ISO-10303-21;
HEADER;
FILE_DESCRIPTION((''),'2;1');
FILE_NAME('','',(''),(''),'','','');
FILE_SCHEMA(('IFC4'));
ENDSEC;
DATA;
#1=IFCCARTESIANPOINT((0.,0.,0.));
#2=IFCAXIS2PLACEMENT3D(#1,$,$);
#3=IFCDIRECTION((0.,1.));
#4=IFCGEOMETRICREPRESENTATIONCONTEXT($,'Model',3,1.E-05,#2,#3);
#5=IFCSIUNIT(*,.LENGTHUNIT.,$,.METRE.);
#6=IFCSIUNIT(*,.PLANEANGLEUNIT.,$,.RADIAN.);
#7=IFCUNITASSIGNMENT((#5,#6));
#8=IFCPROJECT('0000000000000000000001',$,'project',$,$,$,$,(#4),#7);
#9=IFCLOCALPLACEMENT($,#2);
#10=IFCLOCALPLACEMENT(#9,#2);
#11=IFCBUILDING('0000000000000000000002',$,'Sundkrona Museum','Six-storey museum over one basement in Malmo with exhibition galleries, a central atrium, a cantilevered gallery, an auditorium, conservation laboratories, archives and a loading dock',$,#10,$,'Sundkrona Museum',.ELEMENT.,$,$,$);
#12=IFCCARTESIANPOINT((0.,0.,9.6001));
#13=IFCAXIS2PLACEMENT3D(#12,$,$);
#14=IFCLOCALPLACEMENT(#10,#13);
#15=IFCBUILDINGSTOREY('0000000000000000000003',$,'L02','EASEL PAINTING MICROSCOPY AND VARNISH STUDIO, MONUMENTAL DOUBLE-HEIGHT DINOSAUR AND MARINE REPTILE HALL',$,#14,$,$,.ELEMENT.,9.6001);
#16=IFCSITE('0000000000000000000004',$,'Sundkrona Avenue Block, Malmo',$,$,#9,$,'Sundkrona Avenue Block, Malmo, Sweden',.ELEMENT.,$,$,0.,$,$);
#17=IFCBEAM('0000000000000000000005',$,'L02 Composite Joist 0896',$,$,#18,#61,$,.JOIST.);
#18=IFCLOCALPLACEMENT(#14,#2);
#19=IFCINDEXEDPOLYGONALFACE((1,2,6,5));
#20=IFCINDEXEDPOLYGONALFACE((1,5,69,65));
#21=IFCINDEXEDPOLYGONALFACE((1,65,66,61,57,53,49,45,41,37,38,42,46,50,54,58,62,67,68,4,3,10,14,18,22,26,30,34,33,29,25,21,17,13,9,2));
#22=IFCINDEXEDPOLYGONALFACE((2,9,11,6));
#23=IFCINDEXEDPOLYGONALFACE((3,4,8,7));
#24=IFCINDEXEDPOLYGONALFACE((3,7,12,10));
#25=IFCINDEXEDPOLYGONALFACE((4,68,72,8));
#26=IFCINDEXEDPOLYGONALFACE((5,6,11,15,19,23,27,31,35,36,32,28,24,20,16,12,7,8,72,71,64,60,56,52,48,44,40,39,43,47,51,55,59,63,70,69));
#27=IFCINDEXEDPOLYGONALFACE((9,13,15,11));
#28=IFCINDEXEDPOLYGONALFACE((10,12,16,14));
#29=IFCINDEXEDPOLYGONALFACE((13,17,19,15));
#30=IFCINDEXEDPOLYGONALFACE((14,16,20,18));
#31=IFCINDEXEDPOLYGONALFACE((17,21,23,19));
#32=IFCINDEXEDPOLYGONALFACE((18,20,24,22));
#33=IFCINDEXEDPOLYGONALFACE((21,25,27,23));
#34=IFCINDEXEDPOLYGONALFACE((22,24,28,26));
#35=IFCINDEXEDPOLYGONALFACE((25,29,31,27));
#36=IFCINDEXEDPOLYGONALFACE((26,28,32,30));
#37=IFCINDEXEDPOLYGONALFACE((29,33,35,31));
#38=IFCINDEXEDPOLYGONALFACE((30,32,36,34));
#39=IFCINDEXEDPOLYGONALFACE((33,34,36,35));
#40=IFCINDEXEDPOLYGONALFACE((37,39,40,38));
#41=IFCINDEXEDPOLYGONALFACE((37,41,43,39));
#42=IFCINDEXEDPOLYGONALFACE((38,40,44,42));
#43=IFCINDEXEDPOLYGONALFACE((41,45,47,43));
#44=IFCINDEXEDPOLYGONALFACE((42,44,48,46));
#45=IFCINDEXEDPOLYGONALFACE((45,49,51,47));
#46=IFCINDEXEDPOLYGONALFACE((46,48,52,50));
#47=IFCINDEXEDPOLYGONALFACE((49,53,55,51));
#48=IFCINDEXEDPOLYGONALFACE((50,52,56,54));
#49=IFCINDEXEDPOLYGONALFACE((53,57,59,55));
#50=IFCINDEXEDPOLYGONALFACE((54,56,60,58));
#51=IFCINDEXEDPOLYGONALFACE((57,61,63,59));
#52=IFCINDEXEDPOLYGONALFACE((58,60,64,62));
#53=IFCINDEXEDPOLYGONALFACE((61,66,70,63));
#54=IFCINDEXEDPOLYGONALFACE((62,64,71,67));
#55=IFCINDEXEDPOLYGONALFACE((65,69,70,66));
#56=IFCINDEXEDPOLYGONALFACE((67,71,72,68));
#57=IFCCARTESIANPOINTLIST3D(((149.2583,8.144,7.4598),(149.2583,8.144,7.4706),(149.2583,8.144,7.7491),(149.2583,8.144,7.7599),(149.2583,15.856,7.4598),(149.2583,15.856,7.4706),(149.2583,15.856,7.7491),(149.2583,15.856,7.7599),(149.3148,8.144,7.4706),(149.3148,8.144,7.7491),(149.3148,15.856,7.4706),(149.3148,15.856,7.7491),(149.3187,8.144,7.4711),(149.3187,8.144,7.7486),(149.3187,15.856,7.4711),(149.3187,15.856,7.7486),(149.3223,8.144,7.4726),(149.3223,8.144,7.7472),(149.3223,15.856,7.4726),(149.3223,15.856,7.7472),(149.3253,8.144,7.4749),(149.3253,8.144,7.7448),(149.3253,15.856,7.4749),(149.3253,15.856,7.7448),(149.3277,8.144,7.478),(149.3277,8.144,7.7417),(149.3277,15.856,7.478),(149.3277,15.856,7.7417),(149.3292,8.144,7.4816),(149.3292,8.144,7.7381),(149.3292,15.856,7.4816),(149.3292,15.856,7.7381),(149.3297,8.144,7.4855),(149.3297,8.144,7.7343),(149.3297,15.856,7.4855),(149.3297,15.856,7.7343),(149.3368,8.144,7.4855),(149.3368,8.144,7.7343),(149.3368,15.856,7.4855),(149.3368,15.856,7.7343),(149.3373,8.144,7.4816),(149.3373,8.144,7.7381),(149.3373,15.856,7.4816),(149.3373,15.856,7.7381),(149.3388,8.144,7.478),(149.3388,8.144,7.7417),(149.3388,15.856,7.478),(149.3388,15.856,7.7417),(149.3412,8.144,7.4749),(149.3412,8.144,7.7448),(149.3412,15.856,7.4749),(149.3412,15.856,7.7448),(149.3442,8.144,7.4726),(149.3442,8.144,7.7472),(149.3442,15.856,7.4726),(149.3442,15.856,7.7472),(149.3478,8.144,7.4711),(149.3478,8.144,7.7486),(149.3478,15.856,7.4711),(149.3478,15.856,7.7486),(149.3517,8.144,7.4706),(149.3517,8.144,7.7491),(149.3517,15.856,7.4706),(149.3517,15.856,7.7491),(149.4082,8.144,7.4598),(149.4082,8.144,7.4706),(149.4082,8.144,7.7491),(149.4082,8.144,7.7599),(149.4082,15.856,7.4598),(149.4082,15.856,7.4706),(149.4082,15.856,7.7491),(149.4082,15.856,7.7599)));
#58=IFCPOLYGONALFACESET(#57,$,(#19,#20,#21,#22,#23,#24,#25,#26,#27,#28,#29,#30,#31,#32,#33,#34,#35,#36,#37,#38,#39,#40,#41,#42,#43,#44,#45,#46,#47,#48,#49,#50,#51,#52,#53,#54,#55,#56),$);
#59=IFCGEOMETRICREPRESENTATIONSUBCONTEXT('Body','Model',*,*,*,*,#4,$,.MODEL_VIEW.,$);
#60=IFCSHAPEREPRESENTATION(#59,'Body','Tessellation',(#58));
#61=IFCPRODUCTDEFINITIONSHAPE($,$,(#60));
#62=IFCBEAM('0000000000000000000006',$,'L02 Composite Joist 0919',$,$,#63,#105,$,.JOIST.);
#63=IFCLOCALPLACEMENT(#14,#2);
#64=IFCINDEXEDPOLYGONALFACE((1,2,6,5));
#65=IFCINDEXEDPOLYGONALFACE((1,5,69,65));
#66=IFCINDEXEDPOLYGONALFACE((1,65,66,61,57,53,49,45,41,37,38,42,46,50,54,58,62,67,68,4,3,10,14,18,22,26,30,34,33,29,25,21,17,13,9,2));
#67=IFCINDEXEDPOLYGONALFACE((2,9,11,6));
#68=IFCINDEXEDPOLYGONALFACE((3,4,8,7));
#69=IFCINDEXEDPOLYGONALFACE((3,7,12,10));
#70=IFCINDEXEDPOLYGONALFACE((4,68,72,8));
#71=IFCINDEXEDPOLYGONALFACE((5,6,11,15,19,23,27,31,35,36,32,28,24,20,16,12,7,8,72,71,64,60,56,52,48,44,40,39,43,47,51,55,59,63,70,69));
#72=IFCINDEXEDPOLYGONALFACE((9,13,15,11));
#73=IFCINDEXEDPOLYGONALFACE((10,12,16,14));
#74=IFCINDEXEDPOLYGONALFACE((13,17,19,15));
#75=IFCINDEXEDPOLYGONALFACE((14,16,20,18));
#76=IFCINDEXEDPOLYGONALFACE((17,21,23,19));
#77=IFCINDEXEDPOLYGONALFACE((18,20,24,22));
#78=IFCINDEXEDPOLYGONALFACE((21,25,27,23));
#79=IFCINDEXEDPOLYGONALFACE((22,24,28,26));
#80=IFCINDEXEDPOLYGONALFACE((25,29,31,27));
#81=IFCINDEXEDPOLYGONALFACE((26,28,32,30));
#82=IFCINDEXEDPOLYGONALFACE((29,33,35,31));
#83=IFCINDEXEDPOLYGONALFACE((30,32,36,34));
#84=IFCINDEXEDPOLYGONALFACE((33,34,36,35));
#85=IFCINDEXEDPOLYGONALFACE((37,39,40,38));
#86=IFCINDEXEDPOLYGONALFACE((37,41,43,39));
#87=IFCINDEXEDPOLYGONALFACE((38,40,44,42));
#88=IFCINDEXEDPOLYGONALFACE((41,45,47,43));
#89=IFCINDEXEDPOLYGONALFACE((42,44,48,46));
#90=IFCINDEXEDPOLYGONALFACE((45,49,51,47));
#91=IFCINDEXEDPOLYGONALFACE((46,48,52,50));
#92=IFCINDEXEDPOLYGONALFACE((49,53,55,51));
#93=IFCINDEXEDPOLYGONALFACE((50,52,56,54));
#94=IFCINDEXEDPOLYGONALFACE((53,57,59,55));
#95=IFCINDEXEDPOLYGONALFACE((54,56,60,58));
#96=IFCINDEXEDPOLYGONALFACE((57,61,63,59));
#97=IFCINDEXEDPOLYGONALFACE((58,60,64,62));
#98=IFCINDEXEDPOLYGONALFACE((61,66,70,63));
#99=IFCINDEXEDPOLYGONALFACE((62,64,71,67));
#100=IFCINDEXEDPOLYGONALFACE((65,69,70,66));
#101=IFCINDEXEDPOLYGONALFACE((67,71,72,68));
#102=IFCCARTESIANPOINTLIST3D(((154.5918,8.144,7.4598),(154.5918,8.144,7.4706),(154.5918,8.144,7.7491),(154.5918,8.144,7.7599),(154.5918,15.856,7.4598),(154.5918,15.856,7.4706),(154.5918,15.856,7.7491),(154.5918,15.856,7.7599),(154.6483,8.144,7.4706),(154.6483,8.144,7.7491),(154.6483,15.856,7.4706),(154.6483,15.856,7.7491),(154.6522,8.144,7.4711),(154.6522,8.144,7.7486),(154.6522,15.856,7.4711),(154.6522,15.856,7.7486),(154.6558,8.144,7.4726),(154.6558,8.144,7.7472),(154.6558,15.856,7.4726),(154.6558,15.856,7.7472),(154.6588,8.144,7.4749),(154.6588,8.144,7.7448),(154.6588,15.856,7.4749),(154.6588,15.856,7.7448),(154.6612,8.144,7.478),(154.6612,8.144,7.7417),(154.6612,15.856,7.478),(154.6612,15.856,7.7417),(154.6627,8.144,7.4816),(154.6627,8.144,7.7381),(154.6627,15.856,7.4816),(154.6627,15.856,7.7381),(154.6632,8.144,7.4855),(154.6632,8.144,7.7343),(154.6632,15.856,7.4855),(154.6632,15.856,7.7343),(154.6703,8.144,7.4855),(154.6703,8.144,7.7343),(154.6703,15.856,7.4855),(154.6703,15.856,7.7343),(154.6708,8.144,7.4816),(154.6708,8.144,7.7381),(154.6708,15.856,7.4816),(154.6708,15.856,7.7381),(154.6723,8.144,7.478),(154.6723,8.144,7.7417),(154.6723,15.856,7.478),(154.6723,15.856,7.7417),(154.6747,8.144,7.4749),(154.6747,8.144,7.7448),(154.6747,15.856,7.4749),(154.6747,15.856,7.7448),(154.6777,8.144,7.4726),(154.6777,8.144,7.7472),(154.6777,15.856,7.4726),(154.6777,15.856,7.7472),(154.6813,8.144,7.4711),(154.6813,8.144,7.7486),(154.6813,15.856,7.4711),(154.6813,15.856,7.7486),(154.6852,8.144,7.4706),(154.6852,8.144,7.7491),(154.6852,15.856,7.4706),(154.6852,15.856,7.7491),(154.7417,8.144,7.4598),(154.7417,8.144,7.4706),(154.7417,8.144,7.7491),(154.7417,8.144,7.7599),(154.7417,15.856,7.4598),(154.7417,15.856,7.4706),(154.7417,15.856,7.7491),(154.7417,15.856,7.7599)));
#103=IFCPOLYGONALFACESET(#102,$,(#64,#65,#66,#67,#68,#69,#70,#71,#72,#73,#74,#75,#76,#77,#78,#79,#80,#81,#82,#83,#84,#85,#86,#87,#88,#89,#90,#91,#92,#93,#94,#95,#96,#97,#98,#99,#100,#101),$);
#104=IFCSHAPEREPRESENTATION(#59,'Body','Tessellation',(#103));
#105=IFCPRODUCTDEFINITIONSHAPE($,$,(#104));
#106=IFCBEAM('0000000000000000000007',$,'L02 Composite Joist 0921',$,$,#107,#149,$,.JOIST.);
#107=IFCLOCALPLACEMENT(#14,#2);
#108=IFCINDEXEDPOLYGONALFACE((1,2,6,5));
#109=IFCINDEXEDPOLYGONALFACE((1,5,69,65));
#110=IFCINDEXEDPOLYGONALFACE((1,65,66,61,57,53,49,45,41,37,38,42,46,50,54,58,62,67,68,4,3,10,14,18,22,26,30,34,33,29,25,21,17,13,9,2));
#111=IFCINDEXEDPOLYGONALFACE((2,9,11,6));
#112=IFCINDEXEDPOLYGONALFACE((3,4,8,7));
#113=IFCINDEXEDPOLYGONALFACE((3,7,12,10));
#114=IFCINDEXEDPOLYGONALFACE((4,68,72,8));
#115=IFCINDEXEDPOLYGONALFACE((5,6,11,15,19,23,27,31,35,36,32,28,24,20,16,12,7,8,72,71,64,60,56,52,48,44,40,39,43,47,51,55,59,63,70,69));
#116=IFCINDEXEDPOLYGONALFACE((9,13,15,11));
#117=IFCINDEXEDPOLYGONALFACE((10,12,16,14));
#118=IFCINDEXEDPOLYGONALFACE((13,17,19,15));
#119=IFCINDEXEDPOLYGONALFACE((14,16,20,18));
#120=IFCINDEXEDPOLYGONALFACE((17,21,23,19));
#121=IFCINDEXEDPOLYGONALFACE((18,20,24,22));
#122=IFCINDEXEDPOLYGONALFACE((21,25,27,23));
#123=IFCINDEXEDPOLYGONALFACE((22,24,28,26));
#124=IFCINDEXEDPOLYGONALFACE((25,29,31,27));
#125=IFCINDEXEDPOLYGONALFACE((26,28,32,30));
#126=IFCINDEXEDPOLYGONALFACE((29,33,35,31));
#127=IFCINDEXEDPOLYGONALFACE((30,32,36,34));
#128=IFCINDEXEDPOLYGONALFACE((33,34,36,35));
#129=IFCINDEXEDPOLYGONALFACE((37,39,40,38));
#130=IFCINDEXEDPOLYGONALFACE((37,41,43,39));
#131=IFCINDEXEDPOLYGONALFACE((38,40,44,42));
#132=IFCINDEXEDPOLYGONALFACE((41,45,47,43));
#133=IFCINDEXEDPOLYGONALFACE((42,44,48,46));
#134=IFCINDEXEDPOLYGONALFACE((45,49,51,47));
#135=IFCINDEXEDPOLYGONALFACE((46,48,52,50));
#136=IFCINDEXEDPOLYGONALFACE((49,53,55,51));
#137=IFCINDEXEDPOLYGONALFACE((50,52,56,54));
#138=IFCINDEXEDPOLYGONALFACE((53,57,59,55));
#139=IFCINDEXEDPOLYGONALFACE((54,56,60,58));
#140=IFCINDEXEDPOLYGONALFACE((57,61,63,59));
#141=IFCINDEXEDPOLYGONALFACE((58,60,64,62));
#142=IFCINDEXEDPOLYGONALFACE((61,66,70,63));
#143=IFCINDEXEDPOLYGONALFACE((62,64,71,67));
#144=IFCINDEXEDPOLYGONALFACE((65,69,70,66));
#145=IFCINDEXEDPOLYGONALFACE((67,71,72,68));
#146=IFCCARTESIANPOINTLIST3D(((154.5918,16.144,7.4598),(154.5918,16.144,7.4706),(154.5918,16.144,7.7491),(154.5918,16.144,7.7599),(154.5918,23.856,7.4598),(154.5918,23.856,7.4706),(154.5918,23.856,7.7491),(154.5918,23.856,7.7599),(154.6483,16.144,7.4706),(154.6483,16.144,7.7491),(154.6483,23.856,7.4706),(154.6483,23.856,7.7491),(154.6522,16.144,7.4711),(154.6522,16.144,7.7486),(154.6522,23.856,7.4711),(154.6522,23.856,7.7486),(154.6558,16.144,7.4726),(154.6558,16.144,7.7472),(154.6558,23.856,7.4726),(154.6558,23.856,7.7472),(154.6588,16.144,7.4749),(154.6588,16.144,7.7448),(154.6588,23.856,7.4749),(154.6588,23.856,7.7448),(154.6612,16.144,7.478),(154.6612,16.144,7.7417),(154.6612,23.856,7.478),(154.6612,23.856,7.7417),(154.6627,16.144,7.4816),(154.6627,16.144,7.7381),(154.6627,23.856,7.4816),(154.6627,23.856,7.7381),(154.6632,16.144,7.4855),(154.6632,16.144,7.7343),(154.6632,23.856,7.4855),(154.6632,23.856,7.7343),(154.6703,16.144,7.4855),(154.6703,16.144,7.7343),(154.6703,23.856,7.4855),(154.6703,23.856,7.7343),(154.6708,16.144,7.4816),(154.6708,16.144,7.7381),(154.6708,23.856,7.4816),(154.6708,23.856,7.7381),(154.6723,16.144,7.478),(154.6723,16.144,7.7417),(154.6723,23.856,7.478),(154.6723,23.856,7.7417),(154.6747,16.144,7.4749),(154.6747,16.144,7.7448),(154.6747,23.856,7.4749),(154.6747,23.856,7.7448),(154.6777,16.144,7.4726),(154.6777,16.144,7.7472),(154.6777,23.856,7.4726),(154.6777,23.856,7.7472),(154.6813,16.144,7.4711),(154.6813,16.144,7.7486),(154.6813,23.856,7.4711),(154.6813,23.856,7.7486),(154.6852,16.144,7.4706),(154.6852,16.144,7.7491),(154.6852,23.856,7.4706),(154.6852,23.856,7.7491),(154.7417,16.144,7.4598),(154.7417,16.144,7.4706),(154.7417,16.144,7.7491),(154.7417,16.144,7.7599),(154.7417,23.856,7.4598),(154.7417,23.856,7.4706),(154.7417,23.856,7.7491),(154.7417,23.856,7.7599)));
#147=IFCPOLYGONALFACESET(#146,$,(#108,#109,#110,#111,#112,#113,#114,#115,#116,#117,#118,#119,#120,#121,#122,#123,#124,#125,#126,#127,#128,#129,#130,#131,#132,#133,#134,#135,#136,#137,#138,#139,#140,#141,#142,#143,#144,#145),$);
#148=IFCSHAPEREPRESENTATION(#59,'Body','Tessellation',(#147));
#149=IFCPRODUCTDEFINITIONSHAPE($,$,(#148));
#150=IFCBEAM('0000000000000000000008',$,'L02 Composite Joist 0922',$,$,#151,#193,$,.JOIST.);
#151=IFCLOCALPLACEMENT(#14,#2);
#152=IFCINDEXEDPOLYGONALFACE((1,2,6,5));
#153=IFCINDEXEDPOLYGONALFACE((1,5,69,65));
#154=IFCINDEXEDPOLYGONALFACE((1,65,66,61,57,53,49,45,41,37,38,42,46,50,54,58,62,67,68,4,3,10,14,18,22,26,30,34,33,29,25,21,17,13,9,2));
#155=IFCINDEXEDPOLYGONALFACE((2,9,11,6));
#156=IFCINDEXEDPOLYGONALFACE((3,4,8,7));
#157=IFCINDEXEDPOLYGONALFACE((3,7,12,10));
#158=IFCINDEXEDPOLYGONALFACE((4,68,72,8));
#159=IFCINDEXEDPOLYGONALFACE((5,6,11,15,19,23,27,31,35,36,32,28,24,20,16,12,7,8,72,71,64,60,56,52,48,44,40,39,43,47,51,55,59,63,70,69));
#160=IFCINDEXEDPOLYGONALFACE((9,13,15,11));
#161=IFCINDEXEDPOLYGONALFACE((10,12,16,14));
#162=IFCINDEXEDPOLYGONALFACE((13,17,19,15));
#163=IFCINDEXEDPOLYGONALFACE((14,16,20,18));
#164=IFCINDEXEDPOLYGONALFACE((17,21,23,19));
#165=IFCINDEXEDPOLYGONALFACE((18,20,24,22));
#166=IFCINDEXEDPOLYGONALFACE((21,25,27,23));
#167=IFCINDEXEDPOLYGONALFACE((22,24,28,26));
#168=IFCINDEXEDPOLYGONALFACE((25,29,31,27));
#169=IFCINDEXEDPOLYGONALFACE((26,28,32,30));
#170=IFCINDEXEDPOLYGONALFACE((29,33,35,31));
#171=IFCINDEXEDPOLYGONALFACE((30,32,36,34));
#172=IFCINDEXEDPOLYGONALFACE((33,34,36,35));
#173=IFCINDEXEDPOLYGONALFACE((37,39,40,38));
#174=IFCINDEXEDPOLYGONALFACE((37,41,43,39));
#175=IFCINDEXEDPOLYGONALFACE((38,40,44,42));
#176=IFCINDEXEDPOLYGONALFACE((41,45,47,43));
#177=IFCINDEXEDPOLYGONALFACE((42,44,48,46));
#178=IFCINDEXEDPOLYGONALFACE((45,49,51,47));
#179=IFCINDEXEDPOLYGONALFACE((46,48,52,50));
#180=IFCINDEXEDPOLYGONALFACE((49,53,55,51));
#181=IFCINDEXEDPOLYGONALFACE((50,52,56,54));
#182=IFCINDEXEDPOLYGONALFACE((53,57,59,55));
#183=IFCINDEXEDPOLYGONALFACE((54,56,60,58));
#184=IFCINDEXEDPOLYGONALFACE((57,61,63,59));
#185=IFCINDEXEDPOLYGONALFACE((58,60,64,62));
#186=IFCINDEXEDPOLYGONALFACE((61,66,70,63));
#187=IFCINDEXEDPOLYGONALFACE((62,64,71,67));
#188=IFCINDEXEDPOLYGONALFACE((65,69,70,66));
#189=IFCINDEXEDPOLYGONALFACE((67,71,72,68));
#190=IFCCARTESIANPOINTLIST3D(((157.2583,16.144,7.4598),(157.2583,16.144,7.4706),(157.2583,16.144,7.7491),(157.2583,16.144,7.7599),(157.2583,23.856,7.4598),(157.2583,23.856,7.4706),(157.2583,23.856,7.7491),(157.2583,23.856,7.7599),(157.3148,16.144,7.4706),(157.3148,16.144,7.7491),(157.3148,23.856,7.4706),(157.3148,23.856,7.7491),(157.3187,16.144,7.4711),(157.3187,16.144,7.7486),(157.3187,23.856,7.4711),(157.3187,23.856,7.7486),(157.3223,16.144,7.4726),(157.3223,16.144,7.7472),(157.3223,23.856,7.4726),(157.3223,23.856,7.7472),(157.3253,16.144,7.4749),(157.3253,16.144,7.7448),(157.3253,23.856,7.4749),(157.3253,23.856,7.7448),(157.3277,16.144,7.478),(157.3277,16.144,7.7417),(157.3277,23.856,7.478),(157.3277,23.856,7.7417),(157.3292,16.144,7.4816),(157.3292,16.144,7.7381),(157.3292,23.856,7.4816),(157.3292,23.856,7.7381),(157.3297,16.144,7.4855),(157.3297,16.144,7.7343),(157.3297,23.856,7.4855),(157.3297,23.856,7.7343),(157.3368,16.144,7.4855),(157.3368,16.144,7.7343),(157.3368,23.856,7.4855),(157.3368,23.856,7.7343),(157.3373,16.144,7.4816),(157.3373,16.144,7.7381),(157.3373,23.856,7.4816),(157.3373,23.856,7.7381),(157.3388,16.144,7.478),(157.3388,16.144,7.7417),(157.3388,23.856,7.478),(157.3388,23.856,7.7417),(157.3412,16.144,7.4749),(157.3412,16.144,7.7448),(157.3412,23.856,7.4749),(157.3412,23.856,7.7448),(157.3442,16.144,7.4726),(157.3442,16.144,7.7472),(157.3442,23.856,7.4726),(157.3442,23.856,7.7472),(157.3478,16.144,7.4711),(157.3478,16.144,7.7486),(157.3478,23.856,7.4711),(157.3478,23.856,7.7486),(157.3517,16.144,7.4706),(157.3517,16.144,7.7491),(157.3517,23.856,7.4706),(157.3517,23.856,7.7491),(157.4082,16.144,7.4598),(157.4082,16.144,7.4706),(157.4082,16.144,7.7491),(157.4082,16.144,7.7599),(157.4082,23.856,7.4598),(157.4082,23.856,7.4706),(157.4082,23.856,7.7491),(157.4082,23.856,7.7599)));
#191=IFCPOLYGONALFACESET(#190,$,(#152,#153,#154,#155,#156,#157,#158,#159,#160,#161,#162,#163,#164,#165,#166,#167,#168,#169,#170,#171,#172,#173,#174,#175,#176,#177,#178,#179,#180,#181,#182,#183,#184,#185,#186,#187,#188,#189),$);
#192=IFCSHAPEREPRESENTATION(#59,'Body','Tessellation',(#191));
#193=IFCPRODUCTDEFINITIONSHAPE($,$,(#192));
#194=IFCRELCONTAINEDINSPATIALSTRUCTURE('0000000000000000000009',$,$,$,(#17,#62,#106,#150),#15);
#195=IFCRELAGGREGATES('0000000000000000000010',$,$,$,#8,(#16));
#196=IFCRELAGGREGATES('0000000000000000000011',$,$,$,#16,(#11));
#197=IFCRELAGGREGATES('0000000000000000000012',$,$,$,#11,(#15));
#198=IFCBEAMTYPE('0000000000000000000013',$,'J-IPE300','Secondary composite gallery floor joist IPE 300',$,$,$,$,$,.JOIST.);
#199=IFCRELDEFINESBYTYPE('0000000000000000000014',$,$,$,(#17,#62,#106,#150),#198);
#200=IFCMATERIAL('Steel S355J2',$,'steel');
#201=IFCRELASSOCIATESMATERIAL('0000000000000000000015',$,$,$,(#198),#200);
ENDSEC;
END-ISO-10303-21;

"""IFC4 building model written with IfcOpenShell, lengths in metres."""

from ifc_helpers import new_model, si_unit, direction, frame, origin, origin_2d, place, context, subcontext, project, spatial, i_section, extrude, material, material_profile, profile_set, type_object, element, save


model = new_model("IFC4")

# Units and contexts
model_context = context("Model", 3, precision=1e-05, world=origin(), true_north=direction((0.0, 1.0)))
body_context = subcontext(model_context, "Body", "Model", "MODEL_VIEW")
ifc_project = project(units=[si_unit("LENGTHUNIT", "METRE"), si_unit("PLANEANGLEUNIT", "RADIAN")], contexts=[model_context])

# Site, building, storey
site_placement = place(None, origin())
site = spatial("IfcSite", under=ifc_project, at=site_placement, Name="Sundkrona Avenue Block, Malmo", LongName="Sundkrona Avenue Block, Malmo, Sweden", CompositionType="ELEMENT", RefElevation=0.0)
building_placement = place(site_placement, origin())
building = spatial("IfcBuilding", under=site, at=building_placement, Name="Sundkrona Museum", Description="Six-storey museum over one basement in Malmo with exhibition galleries, a central atrium, a cantilevered gallery, an auditorium, conservation laboratories, archives and a loading dock", LongName="Sundkrona Museum", CompositionType="ELEMENT")
storey_placement = place(building_placement, frame((0.0, 0.0, 9.6001)))
storey = spatial("IfcBuildingStorey", under=building, at=storey_placement, Name="L02", Description="EASEL PAINTING MICROSCOPY AND VARNISH STUDIO, MONUMENTAL DOUBLE-HEIGHT DINOSAUR AND MARINE REPTILE HALL", CompositionType="ELEMENT", Elevation=9.6001)

# Shared definitions
ifc_material_1 = material(Name="Steel S355J2", Category="steel")

# Beams
ifc_material_profile_1 = material_profile(ifc_material_1, i_section(OverallWidth=0.1499, OverallDepth=0.3, WebThickness=0.0071, FlangeThickness=0.0107, FilletRadius=0.0149, at=origin_2d()), Name="IPE 300")
ifc_profile_set_1 = profile_set([ifc_material_profile_1], Name="Steel S355J2")
beam_type_1 = type_object("IfcBeamType", Name="J-IPE300", Description="Secondary composite gallery floor joist IPE 300", PredefinedType="JOIST", material=ifc_profile_set_1)
for number, where, z_axis, x_axis, name in (
    (1, (149.3333, 8.144, 7.6099), (0.0, 1.0, 0.0), (-1.0, 0.0, 0.0), "L02 Composite Joist 0896"),
    (2, (154.6667, 8.144, 7.6099), (0.0, 1.0, 0.0), (-1.0, 0.0, 0.0), "L02 Composite Joist 0919"),
    (3, (154.6667, 16.144, 7.6099), (0.0, 1.0, 0.0), (-1.0, 0.0, 0.0), "L02 Composite Joist 0921"),
    (4, (157.3333, 16.144, 7.6099), (0.0, 1.0, 0.0), (-1.0, 0.0, 0.0), "L02 Composite Joist 0922"),
):
    element("IfcBeam", number, at=place(storey_placement, frame(where, z_axis=z_axis, x_axis=x_axis)), inside=storey, type_object=beam_type_1, Name=name, PredefinedType="JOIST", context=body_context, shape_type="SweptSolid", body=[
        extrude(i_section(OverallWidth=0.1499, OverallDepth=0.3, WebThickness=0.0071, FlangeThickness=0.0107, FilletRadius=0.0149, at=origin_2d()), origin(), (0.0, 0.0, 1.0), 7.7119),
    ])

save(model, "model.ifc")
